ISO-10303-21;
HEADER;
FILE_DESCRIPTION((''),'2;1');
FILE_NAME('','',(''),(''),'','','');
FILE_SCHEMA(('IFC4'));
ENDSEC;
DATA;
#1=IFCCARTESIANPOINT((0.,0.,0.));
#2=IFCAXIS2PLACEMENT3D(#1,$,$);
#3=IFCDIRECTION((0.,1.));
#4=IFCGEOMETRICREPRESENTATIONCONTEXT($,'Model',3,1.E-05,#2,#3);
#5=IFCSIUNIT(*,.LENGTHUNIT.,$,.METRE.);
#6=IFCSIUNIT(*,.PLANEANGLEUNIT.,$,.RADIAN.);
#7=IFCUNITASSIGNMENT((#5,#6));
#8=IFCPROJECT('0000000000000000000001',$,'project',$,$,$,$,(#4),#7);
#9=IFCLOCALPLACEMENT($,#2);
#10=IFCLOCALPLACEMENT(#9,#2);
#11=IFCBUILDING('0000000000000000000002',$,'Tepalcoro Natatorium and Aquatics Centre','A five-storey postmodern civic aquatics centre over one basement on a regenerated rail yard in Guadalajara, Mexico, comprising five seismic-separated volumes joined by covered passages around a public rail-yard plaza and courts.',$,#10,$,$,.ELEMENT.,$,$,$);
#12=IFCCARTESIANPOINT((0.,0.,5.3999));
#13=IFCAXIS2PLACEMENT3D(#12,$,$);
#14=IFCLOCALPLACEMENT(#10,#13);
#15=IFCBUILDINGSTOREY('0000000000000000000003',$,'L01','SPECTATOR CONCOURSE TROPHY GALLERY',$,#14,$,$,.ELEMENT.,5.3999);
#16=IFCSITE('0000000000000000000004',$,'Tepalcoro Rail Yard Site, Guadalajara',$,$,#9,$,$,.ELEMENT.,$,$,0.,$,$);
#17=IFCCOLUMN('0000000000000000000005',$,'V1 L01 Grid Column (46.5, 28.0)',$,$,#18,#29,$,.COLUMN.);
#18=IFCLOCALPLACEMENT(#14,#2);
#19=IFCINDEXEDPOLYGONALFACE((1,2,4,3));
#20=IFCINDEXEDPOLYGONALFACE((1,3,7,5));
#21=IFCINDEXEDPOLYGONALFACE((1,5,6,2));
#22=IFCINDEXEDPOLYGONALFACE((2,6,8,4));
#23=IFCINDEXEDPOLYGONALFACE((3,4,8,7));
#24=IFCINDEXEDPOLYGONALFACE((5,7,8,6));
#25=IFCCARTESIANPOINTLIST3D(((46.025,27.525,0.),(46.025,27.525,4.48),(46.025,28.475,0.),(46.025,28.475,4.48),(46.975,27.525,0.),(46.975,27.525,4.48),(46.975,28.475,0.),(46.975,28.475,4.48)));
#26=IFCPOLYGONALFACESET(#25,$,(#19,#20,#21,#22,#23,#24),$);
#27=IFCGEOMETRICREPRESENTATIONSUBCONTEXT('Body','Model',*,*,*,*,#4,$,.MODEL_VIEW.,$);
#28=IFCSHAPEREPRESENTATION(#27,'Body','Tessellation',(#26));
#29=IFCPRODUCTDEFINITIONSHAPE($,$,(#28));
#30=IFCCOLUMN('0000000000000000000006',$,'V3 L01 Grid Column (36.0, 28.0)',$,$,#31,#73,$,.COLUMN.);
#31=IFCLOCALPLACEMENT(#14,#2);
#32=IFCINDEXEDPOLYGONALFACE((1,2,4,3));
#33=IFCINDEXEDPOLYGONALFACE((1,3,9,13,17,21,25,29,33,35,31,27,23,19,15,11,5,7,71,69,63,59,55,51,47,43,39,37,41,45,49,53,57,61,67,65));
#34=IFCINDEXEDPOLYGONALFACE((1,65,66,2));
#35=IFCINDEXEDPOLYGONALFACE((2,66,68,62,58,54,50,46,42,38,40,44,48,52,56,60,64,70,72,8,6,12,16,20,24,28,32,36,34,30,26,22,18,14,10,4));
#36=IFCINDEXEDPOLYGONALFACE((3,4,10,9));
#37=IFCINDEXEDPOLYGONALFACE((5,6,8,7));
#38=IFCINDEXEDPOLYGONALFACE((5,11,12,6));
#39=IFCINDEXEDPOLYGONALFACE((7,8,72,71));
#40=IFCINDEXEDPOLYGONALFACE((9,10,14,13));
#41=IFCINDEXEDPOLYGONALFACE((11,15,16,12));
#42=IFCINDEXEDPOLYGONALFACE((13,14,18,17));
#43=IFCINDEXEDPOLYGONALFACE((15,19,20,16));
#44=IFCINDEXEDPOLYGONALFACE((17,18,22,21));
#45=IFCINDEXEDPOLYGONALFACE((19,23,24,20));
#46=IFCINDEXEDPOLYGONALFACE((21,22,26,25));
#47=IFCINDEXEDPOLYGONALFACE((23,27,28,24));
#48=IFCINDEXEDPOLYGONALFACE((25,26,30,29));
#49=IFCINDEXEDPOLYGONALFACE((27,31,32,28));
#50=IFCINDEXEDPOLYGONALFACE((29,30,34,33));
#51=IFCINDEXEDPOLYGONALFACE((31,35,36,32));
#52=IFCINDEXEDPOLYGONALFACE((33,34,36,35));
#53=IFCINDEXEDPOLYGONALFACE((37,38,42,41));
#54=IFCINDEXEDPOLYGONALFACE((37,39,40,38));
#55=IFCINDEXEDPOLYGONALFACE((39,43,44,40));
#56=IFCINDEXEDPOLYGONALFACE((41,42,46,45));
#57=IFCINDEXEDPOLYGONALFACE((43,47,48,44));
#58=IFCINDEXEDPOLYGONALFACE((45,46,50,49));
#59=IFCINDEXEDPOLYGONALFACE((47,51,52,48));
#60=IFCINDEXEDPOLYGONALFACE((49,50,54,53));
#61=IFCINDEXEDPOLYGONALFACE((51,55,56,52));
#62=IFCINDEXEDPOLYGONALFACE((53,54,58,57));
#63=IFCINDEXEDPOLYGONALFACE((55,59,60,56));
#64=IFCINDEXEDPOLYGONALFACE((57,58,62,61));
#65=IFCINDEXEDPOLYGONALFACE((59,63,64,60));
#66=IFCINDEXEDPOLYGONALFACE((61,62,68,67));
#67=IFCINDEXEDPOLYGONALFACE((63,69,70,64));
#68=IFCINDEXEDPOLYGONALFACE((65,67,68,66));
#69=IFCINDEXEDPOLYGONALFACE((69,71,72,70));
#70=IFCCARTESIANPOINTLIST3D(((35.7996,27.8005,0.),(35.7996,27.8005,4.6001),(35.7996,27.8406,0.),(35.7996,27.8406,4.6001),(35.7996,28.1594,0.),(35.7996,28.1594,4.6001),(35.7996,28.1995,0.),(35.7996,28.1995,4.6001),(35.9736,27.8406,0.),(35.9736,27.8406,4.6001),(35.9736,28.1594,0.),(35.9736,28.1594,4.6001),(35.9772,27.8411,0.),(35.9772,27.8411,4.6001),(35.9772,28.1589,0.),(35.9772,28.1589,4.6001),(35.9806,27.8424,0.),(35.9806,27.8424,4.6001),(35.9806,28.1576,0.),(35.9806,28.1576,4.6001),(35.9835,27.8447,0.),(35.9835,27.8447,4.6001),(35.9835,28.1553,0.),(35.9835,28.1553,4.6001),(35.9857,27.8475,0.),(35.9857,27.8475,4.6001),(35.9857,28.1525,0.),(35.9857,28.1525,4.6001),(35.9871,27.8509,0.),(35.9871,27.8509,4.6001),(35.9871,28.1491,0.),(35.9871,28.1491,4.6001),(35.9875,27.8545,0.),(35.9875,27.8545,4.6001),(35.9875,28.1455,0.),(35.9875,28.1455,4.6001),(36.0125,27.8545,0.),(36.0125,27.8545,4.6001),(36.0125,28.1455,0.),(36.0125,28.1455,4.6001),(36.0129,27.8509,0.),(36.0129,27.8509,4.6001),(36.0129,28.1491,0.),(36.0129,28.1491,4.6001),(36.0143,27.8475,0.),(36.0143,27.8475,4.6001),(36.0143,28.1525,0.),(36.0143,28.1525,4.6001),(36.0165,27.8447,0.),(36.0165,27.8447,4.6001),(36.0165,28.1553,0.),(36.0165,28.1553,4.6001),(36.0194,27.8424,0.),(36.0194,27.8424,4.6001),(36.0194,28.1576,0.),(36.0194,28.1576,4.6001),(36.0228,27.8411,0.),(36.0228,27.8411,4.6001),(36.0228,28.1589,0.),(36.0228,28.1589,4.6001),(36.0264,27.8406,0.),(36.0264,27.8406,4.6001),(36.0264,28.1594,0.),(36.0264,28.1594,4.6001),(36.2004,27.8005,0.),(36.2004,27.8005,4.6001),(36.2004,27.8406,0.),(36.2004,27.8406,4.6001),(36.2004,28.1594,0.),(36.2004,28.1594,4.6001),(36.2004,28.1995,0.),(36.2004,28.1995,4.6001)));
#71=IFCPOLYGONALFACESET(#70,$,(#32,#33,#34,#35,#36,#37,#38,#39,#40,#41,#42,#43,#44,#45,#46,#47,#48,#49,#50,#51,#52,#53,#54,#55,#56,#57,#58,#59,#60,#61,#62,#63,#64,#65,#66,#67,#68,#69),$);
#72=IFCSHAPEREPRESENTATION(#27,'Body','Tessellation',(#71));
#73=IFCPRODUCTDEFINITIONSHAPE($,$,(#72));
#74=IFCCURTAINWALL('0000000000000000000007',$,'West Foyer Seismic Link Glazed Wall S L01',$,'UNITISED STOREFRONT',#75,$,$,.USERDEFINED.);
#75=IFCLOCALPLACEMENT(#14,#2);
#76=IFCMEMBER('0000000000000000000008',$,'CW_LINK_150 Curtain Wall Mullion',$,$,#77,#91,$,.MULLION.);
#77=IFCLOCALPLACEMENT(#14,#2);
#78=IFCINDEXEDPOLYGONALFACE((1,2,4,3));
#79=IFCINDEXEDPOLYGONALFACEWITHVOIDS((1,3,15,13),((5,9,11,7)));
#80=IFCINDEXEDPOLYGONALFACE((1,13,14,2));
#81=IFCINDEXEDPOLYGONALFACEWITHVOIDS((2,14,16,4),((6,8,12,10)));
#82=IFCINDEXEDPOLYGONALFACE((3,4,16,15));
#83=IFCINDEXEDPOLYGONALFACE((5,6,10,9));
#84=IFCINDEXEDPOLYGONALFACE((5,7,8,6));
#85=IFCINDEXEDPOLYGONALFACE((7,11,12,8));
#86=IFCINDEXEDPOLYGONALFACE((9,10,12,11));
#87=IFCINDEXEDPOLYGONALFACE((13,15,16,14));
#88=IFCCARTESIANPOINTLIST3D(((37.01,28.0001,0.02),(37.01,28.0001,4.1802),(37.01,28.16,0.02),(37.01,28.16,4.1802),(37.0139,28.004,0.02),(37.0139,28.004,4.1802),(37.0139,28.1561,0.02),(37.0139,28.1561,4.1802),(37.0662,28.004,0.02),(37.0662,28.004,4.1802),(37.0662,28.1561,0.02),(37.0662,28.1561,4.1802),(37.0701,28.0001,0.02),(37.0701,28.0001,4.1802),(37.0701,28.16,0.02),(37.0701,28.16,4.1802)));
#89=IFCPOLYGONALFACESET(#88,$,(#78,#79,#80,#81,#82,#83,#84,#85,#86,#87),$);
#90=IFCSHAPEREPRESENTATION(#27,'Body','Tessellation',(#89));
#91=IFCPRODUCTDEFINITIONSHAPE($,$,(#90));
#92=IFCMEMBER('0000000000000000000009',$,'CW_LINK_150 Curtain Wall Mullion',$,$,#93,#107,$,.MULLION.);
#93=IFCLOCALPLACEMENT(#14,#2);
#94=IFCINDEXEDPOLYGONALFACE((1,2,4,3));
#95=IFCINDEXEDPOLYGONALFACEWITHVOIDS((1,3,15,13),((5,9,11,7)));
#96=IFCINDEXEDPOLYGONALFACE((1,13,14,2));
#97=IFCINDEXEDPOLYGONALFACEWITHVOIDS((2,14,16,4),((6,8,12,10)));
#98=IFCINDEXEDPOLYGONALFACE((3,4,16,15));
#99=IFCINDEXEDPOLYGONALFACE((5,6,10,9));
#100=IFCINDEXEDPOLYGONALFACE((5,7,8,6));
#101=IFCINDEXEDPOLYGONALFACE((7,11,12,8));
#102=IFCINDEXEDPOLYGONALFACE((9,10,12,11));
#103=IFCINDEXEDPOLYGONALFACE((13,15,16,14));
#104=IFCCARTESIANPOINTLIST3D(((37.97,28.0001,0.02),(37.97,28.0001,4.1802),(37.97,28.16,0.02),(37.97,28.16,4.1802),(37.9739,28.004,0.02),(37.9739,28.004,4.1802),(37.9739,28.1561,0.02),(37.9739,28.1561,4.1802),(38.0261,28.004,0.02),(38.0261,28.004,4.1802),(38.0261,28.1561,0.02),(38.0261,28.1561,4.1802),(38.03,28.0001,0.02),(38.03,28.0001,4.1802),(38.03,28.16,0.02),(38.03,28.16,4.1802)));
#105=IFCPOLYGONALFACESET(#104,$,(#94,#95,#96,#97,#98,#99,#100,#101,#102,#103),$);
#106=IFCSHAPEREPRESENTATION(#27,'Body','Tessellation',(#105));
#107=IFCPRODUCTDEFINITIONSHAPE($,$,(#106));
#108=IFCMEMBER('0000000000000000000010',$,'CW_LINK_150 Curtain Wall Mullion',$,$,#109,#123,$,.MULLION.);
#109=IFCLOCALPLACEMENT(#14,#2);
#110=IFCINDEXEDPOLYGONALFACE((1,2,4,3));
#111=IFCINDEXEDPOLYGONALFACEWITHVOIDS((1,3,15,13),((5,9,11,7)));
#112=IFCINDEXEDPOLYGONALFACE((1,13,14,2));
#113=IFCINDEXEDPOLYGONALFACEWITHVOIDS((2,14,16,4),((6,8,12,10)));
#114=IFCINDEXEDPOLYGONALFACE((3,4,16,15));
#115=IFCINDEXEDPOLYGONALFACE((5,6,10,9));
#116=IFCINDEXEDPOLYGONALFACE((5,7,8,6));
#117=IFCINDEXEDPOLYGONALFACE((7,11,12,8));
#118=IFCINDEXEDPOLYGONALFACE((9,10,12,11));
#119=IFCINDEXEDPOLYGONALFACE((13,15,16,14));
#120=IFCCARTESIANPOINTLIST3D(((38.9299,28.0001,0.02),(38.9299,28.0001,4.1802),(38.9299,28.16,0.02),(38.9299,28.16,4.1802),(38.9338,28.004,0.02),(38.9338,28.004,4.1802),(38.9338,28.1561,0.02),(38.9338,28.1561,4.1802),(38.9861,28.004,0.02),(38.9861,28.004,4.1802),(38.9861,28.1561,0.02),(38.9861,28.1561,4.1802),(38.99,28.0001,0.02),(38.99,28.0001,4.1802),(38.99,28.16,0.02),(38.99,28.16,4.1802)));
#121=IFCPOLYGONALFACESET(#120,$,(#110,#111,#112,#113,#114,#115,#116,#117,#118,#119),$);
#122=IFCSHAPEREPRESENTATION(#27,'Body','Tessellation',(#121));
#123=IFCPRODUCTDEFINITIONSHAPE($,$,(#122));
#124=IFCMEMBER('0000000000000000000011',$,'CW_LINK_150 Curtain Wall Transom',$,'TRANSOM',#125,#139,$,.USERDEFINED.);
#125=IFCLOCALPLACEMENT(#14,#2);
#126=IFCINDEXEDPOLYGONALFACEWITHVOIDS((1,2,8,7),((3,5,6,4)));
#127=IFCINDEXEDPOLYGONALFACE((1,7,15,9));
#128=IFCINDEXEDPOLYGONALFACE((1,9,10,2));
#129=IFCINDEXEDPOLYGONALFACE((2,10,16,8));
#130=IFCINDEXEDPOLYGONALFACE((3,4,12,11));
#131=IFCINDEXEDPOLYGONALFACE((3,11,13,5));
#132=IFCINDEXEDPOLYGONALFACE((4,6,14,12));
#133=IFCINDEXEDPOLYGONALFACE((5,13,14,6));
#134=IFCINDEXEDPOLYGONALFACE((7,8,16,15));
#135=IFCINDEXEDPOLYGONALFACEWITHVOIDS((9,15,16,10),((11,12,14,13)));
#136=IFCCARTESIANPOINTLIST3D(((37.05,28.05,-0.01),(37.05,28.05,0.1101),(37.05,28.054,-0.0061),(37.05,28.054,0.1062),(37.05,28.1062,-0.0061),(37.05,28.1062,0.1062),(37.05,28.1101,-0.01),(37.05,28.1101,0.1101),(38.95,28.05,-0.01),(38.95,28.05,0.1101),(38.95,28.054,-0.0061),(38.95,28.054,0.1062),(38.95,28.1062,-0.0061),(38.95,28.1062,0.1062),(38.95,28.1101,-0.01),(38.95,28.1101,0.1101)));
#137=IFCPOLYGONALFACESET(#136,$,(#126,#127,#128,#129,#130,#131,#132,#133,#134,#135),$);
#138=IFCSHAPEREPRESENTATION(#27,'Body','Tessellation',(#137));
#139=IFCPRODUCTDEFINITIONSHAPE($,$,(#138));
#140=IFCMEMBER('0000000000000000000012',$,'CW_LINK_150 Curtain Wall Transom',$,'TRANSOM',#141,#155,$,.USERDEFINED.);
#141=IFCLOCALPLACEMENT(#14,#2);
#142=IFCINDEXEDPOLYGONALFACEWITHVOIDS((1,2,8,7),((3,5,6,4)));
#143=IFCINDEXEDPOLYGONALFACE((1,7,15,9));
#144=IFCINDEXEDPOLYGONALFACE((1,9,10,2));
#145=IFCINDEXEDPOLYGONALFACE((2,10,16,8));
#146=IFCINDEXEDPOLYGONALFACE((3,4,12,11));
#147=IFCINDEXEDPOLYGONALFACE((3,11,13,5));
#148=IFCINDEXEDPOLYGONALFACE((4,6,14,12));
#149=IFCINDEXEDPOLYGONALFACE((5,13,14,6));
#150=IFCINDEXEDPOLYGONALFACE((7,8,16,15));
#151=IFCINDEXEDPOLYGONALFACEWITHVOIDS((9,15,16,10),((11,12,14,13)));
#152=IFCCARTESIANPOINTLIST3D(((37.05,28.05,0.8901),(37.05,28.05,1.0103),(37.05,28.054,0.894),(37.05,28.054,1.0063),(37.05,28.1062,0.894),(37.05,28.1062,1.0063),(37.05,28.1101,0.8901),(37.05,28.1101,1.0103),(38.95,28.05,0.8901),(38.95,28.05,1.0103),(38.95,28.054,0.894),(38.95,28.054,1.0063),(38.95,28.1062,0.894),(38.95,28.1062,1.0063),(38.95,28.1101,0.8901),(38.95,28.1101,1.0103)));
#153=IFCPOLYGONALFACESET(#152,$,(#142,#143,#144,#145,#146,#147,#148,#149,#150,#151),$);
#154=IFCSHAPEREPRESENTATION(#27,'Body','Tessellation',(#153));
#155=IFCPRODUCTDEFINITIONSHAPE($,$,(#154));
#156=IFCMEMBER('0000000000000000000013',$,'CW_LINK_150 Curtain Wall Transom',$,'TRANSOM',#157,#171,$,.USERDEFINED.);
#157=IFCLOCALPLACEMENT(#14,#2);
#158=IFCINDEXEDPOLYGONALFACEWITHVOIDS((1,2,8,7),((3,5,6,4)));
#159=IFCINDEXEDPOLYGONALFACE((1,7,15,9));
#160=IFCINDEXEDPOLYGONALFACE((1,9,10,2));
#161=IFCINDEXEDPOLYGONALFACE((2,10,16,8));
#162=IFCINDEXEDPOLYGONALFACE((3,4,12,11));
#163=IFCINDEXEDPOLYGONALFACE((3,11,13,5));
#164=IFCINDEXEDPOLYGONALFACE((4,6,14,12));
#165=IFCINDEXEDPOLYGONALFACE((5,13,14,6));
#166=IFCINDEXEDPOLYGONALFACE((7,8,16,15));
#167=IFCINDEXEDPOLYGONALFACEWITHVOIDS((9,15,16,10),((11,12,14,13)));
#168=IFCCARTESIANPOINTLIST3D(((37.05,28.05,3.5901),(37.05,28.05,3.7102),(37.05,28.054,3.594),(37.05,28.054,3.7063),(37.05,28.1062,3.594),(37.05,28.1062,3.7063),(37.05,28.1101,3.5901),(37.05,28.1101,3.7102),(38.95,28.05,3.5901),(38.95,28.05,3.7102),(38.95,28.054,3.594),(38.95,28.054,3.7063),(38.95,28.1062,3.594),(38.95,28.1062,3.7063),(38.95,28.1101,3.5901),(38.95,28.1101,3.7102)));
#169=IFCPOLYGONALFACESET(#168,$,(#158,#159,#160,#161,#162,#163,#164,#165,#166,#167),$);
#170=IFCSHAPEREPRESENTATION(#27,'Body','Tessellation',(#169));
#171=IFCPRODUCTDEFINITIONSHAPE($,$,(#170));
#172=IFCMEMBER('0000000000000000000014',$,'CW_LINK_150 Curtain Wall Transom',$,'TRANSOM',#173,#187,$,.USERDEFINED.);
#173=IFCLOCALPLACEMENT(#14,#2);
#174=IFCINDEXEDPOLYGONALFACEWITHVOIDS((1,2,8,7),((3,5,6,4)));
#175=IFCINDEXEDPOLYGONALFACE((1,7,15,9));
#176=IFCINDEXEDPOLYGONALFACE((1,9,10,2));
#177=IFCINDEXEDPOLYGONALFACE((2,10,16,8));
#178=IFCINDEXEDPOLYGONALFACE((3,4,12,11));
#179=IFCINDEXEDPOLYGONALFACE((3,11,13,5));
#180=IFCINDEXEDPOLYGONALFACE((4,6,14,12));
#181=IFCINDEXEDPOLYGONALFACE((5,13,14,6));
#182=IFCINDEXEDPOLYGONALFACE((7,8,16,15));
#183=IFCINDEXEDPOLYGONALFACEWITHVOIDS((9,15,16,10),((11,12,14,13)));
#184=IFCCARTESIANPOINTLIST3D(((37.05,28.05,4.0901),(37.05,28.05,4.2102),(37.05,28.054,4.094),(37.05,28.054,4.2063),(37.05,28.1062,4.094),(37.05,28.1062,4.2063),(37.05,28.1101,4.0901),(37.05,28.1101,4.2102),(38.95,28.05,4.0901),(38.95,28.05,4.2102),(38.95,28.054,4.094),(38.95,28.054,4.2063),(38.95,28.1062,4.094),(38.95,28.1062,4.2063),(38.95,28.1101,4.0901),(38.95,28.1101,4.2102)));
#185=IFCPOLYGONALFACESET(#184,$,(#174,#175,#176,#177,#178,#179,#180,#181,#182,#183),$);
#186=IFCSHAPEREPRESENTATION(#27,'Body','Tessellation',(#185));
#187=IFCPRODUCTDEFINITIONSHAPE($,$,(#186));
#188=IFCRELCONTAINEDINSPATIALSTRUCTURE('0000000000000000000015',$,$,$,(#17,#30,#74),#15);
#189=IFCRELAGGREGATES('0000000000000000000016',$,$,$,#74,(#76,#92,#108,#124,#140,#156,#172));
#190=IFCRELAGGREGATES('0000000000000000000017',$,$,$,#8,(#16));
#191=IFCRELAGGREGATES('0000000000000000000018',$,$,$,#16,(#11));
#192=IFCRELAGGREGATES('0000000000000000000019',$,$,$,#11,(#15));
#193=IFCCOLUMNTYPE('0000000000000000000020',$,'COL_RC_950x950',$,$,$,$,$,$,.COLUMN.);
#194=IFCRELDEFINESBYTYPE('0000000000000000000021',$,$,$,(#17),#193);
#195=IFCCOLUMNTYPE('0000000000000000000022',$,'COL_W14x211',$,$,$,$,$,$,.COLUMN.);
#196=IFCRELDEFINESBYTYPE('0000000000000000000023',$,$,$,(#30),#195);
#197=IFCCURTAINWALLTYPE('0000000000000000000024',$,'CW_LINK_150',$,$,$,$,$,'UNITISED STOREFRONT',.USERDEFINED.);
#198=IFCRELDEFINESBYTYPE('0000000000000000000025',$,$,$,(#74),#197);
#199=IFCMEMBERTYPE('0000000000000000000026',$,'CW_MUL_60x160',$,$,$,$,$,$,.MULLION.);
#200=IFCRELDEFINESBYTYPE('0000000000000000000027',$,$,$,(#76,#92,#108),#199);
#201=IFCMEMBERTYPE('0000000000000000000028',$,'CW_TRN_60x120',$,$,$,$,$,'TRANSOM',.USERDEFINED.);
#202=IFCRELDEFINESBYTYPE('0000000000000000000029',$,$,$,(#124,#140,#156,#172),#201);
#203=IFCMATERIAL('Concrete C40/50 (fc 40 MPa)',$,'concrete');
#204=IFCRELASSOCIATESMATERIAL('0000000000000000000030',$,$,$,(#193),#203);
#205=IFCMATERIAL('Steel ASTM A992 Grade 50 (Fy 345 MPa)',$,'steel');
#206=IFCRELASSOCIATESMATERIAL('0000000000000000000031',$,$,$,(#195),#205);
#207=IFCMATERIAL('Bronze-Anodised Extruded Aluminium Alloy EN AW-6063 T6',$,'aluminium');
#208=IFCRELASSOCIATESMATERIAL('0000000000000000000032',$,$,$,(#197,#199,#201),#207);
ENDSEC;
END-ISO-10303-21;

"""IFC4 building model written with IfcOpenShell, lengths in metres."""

from ifc_helpers import new_model, si_unit, direction, frame, origin, origin_2d, place, context, subcontext, project, spatial, rectangle, hollow_rectangle, i_section, extrude, material, material_profile, profile_set, type_object, element, aggregate, save


model = new_model("IFC4")

# Units and contexts
model_context = context("Model", 3, precision=1e-05, world=origin(), true_north=direction((0.0, 1.0)))
body_context = subcontext(model_context, "Body", "Model", "MODEL_VIEW")
ifc_project = project(units=[si_unit("LENGTHUNIT", "METRE"), si_unit("PLANEANGLEUNIT", "RADIAN")], contexts=[model_context])

# Site, building, storey
site_placement = place(None, origin())
site = spatial("IfcSite", under=ifc_project, at=site_placement, Name="Tepalcoro Rail Yard Site, Guadalajara", CompositionType="ELEMENT", RefElevation=0.0)
building_placement = place(site_placement, origin())
building = spatial("IfcBuilding", under=site, at=building_placement, Name="Tepalcoro Natatorium and Aquatics Centre", Description="A five-storey postmodern civic aquatics centre over one basement on a regenerated rail yard in Guadalajara, Mexico, comprising five seismic-separated volumes joined by covered passages around a public rail-yard plaza and courts.", CompositionType="ELEMENT")
storey_placement = place(building_placement, frame((0.0, 0.0, 5.3999)))
storey = spatial("IfcBuildingStorey", under=building, at=storey_placement, Name="L01", Description="SPECTATOR CONCOURSE TROPHY GALLERY", CompositionType="ELEMENT", Elevation=5.3999)

# Columns
ifc_material_1 = material(Name="Concrete C40/50 (fc 40 MPa)", Category="concrete")
ifc_material_profile_1 = material_profile(ifc_material_1, rectangle(XDim=0.95, YDim=0.95, at=origin_2d()), Name="RC950x950")
ifc_profile_set_1 = profile_set([ifc_material_profile_1], Name="Concrete C40/50 (fc 40 MPa)")
column_type_1 = type_object("IfcColumnType", Name="COL_RC_950x950", PredefinedType="COLUMN", material=ifc_profile_set_1)
column_1_placement = place(storey_placement, frame((46.5, 28.0, 0.0), z_axis=(0.0, 0.0, 1.0), x_axis=(1.0, 0.0, 0.0)))
element("IfcColumn", 1, at=column_1_placement, inside=storey, type_object=column_type_1, Name="V1 L01 Grid Column (46.5, 28.0)", PredefinedType="COLUMN", context=body_context, shape_type="SweptSolid", body=[
    extrude(rectangle(XDim=0.95, YDim=0.95, at=origin_2d()), origin(), (0.0, 0.0, 1.0), 4.48),
])
ifc_material_2 = material(Name="Steel ASTM A992 Grade 50 (Fy 345 MPa)", Category="steel")
ifc_material_profile_2 = material_profile(ifc_material_2, i_section(OverallWidth=0.4009, OverallDepth=0.3989, WebThickness=0.0249, FlangeThickness=0.04, FilletRadius=0.0139, at=origin_2d()), Name="W14X211")
ifc_profile_set_2 = profile_set([ifc_material_profile_2], Name="Steel ASTM A992 Grade 50 (Fy 345 MPa)")
column_type_2 = type_object("IfcColumnType", Name="COL_W14x211", PredefinedType="COLUMN", material=ifc_profile_set_2)
column_2_placement = place(storey_placement, frame((36.0, 28.0, 0.0), z_axis=(0.0, 0.0, 1.0), x_axis=(1.0, 0.0, 0.0)))
element("IfcColumn", 2, at=column_2_placement, inside=storey, type_object=column_type_2, Name="V3 L01 Grid Column (36.0, 28.0)", PredefinedType="COLUMN", context=body_context, shape_type="SweptSolid", body=[
    extrude(i_section(OverallWidth=0.4009, OverallDepth=0.3989, WebThickness=0.0249, FlangeThickness=0.04, FilletRadius=0.0139, at=origin_2d()), origin(), (0.0, 0.0, 1.0), 4.6001),
])

# Curtain wall, members
ifc_material_3 = material(Name="Bronze-Anodised Extruded Aluminium Alloy EN AW-6063 T6", Category="aluminium")
curtain_wall_type = type_object("IfcCurtainWallType", Name="CW_LINK_150", ElementType="UNITISED STOREFRONT", PredefinedType="USERDEFINED", material=ifc_material_3)
curtain_wall_placement = place(storey_placement, origin())
curtain_wall = element("IfcCurtainWall", 3, at=curtain_wall_placement, inside=storey, type_object=curtain_wall_type, Name="West Foyer Seismic Link Glazed Wall S L01", ObjectType="UNITISED STOREFRONT", PredefinedType="USERDEFINED")
ifc_material_profile_3 = material_profile(ifc_material_3, hollow_rectangle(XDim=0.0601, YDim=0.1599, WallThickness=0.0039, at=origin_2d()), Name="AL60X160X4")
ifc_profile_set_3 = profile_set([ifc_material_profile_3], Name="Bronze-Anodised Extruded Aluminium Alloy EN AW-6063 T6")
member_type_1 = type_object("IfcMemberType", Name="CW_MUL_60x160", PredefinedType="MULLION", material=ifc_profile_set_3)
member_1_placement = place(storey_placement, frame((37.04, 28.0801, 0.02), z_axis=(0.0, 0.0, 1.0), x_axis=(1.0, 0.0, 0.0)))
member_1 = element("IfcMember", 4, at=member_1_placement, type_object=member_type_1, Name="CW_LINK_150 Curtain Wall Mullion", PredefinedType="MULLION", context=body_context, shape_type="SweptSolid", body=[
    extrude(hollow_rectangle(XDim=0.0601, YDim=0.1599, WallThickness=0.0039, at=origin_2d()), origin(), (0.0, 0.0, 1.0), 4.1602),
])
member_2_placement = place(storey_placement, frame((38.0, 28.0801, 0.02), z_axis=(0.0, 0.0, 1.0), x_axis=(1.0, 0.0, 0.0)))
member_2 = element("IfcMember", 5, at=member_2_placement, type_object=member_type_1, Name="CW_LINK_150 Curtain Wall Mullion", PredefinedType="MULLION", context=body_context, shape_type="SweptSolid", body=[
    extrude(hollow_rectangle(XDim=0.0601, YDim=0.1599, WallThickness=0.0039, at=origin_2d()), origin(), (0.0, 0.0, 1.0), 4.1602),
])
member_3_placement = place(storey_placement, frame((38.96, 28.0801, 0.02), z_axis=(0.0, 0.0, 1.0), x_axis=(1.0, 0.0, 0.0)))
member_3 = element("IfcMember", 6, at=member_3_placement, type_object=member_type_1, Name="CW_LINK_150 Curtain Wall Mullion", PredefinedType="MULLION", context=body_context, shape_type="SweptSolid", body=[
    extrude(hollow_rectangle(XDim=0.0601, YDim=0.1599, WallThickness=0.0039, at=origin_2d()), origin(), (0.0, 0.0, 1.0), 4.1602),
])
ifc_material_profile_4 = material_profile(ifc_material_3, hollow_rectangle(XDim=0.0601, YDim=0.1201, WallThickness=0.0039, at=origin_2d()), Name="AL60X120X4")
ifc_profile_set_4 = profile_set([ifc_material_profile_4], Name="Bronze-Anodised Extruded Aluminium Alloy EN AW-6063 T6")
member_type_2 = type_object("IfcMemberType", Name="CW_TRN_60x120", ElementType="TRANSOM", PredefinedType="USERDEFINED", material=ifc_profile_set_4)
member_4_placement = place(storey_placement, frame((37.05, 28.0801, 0.05), z_axis=(1.0, 0.0, 0.0), x_axis=(0.0, 1.0, 0.0)))
member_4 = element("IfcMember", 7, at=member_4_placement, type_object=member_type_2, Name="CW_LINK_150 Curtain Wall Transom", ObjectType="TRANSOM", PredefinedType="USERDEFINED", context=body_context, shape_type="SweptSolid", body=[
    extrude(hollow_rectangle(XDim=0.0601, YDim=0.1201, WallThickness=0.0039, at=origin_2d()), origin(), (0.0, 0.0, 1.0), 1.8999),
])
member_5_placement = place(storey_placement, frame((37.05, 28.0801, 0.9502), z_axis=(1.0, 0.0, 0.0), x_axis=(0.0, 1.0, 0.0)))
member_5 = element("IfcMember", 8, at=member_5_placement, type_object=member_type_2, Name="CW_LINK_150 Curtain Wall Transom", ObjectType="TRANSOM", PredefinedType="USERDEFINED", context=body_context, shape_type="SweptSolid", body=[
    extrude(hollow_rectangle(XDim=0.0601, YDim=0.1201, WallThickness=0.0039, at=origin_2d()), origin(), (0.0, 0.0, 1.0), 1.8999),
])
member_6_placement = place(storey_placement, frame((37.05, 28.0801, 3.6501), z_axis=(1.0, 0.0, 0.0), x_axis=(0.0, 1.0, 0.0)))
member_6 = element("IfcMember", 9, at=member_6_placement, type_object=member_type_2, Name="CW_LINK_150 Curtain Wall Transom", ObjectType="TRANSOM", PredefinedType="USERDEFINED", context=body_context, shape_type="SweptSolid", body=[
    extrude(hollow_rectangle(XDim=0.0601, YDim=0.1201, WallThickness=0.0039, at=origin_2d()), origin(), (0.0, 0.0, 1.0), 1.8999),
])
member_7_placement = place(storey_placement, frame((37.05, 28.0801, 4.1501), z_axis=(1.0, 0.0, 0.0), x_axis=(0.0, 1.0, 0.0)))
member_7 = element("IfcMember", 10, at=member_7_placement, type_object=member_type_2, Name="CW_LINK_150 Curtain Wall Transom", ObjectType="TRANSOM", PredefinedType="USERDEFINED", context=body_context, shape_type="SweptSolid", body=[
    extrude(hollow_rectangle(XDim=0.0601, YDim=0.1201, WallThickness=0.0039, at=origin_2d()), origin(), (0.0, 0.0, 1.0), 1.8999),
])

aggregate(curtain_wall, [member_1, member_2, member_3, member_4, member_5, member_6, member_7])

save(model, "model.ifc")
